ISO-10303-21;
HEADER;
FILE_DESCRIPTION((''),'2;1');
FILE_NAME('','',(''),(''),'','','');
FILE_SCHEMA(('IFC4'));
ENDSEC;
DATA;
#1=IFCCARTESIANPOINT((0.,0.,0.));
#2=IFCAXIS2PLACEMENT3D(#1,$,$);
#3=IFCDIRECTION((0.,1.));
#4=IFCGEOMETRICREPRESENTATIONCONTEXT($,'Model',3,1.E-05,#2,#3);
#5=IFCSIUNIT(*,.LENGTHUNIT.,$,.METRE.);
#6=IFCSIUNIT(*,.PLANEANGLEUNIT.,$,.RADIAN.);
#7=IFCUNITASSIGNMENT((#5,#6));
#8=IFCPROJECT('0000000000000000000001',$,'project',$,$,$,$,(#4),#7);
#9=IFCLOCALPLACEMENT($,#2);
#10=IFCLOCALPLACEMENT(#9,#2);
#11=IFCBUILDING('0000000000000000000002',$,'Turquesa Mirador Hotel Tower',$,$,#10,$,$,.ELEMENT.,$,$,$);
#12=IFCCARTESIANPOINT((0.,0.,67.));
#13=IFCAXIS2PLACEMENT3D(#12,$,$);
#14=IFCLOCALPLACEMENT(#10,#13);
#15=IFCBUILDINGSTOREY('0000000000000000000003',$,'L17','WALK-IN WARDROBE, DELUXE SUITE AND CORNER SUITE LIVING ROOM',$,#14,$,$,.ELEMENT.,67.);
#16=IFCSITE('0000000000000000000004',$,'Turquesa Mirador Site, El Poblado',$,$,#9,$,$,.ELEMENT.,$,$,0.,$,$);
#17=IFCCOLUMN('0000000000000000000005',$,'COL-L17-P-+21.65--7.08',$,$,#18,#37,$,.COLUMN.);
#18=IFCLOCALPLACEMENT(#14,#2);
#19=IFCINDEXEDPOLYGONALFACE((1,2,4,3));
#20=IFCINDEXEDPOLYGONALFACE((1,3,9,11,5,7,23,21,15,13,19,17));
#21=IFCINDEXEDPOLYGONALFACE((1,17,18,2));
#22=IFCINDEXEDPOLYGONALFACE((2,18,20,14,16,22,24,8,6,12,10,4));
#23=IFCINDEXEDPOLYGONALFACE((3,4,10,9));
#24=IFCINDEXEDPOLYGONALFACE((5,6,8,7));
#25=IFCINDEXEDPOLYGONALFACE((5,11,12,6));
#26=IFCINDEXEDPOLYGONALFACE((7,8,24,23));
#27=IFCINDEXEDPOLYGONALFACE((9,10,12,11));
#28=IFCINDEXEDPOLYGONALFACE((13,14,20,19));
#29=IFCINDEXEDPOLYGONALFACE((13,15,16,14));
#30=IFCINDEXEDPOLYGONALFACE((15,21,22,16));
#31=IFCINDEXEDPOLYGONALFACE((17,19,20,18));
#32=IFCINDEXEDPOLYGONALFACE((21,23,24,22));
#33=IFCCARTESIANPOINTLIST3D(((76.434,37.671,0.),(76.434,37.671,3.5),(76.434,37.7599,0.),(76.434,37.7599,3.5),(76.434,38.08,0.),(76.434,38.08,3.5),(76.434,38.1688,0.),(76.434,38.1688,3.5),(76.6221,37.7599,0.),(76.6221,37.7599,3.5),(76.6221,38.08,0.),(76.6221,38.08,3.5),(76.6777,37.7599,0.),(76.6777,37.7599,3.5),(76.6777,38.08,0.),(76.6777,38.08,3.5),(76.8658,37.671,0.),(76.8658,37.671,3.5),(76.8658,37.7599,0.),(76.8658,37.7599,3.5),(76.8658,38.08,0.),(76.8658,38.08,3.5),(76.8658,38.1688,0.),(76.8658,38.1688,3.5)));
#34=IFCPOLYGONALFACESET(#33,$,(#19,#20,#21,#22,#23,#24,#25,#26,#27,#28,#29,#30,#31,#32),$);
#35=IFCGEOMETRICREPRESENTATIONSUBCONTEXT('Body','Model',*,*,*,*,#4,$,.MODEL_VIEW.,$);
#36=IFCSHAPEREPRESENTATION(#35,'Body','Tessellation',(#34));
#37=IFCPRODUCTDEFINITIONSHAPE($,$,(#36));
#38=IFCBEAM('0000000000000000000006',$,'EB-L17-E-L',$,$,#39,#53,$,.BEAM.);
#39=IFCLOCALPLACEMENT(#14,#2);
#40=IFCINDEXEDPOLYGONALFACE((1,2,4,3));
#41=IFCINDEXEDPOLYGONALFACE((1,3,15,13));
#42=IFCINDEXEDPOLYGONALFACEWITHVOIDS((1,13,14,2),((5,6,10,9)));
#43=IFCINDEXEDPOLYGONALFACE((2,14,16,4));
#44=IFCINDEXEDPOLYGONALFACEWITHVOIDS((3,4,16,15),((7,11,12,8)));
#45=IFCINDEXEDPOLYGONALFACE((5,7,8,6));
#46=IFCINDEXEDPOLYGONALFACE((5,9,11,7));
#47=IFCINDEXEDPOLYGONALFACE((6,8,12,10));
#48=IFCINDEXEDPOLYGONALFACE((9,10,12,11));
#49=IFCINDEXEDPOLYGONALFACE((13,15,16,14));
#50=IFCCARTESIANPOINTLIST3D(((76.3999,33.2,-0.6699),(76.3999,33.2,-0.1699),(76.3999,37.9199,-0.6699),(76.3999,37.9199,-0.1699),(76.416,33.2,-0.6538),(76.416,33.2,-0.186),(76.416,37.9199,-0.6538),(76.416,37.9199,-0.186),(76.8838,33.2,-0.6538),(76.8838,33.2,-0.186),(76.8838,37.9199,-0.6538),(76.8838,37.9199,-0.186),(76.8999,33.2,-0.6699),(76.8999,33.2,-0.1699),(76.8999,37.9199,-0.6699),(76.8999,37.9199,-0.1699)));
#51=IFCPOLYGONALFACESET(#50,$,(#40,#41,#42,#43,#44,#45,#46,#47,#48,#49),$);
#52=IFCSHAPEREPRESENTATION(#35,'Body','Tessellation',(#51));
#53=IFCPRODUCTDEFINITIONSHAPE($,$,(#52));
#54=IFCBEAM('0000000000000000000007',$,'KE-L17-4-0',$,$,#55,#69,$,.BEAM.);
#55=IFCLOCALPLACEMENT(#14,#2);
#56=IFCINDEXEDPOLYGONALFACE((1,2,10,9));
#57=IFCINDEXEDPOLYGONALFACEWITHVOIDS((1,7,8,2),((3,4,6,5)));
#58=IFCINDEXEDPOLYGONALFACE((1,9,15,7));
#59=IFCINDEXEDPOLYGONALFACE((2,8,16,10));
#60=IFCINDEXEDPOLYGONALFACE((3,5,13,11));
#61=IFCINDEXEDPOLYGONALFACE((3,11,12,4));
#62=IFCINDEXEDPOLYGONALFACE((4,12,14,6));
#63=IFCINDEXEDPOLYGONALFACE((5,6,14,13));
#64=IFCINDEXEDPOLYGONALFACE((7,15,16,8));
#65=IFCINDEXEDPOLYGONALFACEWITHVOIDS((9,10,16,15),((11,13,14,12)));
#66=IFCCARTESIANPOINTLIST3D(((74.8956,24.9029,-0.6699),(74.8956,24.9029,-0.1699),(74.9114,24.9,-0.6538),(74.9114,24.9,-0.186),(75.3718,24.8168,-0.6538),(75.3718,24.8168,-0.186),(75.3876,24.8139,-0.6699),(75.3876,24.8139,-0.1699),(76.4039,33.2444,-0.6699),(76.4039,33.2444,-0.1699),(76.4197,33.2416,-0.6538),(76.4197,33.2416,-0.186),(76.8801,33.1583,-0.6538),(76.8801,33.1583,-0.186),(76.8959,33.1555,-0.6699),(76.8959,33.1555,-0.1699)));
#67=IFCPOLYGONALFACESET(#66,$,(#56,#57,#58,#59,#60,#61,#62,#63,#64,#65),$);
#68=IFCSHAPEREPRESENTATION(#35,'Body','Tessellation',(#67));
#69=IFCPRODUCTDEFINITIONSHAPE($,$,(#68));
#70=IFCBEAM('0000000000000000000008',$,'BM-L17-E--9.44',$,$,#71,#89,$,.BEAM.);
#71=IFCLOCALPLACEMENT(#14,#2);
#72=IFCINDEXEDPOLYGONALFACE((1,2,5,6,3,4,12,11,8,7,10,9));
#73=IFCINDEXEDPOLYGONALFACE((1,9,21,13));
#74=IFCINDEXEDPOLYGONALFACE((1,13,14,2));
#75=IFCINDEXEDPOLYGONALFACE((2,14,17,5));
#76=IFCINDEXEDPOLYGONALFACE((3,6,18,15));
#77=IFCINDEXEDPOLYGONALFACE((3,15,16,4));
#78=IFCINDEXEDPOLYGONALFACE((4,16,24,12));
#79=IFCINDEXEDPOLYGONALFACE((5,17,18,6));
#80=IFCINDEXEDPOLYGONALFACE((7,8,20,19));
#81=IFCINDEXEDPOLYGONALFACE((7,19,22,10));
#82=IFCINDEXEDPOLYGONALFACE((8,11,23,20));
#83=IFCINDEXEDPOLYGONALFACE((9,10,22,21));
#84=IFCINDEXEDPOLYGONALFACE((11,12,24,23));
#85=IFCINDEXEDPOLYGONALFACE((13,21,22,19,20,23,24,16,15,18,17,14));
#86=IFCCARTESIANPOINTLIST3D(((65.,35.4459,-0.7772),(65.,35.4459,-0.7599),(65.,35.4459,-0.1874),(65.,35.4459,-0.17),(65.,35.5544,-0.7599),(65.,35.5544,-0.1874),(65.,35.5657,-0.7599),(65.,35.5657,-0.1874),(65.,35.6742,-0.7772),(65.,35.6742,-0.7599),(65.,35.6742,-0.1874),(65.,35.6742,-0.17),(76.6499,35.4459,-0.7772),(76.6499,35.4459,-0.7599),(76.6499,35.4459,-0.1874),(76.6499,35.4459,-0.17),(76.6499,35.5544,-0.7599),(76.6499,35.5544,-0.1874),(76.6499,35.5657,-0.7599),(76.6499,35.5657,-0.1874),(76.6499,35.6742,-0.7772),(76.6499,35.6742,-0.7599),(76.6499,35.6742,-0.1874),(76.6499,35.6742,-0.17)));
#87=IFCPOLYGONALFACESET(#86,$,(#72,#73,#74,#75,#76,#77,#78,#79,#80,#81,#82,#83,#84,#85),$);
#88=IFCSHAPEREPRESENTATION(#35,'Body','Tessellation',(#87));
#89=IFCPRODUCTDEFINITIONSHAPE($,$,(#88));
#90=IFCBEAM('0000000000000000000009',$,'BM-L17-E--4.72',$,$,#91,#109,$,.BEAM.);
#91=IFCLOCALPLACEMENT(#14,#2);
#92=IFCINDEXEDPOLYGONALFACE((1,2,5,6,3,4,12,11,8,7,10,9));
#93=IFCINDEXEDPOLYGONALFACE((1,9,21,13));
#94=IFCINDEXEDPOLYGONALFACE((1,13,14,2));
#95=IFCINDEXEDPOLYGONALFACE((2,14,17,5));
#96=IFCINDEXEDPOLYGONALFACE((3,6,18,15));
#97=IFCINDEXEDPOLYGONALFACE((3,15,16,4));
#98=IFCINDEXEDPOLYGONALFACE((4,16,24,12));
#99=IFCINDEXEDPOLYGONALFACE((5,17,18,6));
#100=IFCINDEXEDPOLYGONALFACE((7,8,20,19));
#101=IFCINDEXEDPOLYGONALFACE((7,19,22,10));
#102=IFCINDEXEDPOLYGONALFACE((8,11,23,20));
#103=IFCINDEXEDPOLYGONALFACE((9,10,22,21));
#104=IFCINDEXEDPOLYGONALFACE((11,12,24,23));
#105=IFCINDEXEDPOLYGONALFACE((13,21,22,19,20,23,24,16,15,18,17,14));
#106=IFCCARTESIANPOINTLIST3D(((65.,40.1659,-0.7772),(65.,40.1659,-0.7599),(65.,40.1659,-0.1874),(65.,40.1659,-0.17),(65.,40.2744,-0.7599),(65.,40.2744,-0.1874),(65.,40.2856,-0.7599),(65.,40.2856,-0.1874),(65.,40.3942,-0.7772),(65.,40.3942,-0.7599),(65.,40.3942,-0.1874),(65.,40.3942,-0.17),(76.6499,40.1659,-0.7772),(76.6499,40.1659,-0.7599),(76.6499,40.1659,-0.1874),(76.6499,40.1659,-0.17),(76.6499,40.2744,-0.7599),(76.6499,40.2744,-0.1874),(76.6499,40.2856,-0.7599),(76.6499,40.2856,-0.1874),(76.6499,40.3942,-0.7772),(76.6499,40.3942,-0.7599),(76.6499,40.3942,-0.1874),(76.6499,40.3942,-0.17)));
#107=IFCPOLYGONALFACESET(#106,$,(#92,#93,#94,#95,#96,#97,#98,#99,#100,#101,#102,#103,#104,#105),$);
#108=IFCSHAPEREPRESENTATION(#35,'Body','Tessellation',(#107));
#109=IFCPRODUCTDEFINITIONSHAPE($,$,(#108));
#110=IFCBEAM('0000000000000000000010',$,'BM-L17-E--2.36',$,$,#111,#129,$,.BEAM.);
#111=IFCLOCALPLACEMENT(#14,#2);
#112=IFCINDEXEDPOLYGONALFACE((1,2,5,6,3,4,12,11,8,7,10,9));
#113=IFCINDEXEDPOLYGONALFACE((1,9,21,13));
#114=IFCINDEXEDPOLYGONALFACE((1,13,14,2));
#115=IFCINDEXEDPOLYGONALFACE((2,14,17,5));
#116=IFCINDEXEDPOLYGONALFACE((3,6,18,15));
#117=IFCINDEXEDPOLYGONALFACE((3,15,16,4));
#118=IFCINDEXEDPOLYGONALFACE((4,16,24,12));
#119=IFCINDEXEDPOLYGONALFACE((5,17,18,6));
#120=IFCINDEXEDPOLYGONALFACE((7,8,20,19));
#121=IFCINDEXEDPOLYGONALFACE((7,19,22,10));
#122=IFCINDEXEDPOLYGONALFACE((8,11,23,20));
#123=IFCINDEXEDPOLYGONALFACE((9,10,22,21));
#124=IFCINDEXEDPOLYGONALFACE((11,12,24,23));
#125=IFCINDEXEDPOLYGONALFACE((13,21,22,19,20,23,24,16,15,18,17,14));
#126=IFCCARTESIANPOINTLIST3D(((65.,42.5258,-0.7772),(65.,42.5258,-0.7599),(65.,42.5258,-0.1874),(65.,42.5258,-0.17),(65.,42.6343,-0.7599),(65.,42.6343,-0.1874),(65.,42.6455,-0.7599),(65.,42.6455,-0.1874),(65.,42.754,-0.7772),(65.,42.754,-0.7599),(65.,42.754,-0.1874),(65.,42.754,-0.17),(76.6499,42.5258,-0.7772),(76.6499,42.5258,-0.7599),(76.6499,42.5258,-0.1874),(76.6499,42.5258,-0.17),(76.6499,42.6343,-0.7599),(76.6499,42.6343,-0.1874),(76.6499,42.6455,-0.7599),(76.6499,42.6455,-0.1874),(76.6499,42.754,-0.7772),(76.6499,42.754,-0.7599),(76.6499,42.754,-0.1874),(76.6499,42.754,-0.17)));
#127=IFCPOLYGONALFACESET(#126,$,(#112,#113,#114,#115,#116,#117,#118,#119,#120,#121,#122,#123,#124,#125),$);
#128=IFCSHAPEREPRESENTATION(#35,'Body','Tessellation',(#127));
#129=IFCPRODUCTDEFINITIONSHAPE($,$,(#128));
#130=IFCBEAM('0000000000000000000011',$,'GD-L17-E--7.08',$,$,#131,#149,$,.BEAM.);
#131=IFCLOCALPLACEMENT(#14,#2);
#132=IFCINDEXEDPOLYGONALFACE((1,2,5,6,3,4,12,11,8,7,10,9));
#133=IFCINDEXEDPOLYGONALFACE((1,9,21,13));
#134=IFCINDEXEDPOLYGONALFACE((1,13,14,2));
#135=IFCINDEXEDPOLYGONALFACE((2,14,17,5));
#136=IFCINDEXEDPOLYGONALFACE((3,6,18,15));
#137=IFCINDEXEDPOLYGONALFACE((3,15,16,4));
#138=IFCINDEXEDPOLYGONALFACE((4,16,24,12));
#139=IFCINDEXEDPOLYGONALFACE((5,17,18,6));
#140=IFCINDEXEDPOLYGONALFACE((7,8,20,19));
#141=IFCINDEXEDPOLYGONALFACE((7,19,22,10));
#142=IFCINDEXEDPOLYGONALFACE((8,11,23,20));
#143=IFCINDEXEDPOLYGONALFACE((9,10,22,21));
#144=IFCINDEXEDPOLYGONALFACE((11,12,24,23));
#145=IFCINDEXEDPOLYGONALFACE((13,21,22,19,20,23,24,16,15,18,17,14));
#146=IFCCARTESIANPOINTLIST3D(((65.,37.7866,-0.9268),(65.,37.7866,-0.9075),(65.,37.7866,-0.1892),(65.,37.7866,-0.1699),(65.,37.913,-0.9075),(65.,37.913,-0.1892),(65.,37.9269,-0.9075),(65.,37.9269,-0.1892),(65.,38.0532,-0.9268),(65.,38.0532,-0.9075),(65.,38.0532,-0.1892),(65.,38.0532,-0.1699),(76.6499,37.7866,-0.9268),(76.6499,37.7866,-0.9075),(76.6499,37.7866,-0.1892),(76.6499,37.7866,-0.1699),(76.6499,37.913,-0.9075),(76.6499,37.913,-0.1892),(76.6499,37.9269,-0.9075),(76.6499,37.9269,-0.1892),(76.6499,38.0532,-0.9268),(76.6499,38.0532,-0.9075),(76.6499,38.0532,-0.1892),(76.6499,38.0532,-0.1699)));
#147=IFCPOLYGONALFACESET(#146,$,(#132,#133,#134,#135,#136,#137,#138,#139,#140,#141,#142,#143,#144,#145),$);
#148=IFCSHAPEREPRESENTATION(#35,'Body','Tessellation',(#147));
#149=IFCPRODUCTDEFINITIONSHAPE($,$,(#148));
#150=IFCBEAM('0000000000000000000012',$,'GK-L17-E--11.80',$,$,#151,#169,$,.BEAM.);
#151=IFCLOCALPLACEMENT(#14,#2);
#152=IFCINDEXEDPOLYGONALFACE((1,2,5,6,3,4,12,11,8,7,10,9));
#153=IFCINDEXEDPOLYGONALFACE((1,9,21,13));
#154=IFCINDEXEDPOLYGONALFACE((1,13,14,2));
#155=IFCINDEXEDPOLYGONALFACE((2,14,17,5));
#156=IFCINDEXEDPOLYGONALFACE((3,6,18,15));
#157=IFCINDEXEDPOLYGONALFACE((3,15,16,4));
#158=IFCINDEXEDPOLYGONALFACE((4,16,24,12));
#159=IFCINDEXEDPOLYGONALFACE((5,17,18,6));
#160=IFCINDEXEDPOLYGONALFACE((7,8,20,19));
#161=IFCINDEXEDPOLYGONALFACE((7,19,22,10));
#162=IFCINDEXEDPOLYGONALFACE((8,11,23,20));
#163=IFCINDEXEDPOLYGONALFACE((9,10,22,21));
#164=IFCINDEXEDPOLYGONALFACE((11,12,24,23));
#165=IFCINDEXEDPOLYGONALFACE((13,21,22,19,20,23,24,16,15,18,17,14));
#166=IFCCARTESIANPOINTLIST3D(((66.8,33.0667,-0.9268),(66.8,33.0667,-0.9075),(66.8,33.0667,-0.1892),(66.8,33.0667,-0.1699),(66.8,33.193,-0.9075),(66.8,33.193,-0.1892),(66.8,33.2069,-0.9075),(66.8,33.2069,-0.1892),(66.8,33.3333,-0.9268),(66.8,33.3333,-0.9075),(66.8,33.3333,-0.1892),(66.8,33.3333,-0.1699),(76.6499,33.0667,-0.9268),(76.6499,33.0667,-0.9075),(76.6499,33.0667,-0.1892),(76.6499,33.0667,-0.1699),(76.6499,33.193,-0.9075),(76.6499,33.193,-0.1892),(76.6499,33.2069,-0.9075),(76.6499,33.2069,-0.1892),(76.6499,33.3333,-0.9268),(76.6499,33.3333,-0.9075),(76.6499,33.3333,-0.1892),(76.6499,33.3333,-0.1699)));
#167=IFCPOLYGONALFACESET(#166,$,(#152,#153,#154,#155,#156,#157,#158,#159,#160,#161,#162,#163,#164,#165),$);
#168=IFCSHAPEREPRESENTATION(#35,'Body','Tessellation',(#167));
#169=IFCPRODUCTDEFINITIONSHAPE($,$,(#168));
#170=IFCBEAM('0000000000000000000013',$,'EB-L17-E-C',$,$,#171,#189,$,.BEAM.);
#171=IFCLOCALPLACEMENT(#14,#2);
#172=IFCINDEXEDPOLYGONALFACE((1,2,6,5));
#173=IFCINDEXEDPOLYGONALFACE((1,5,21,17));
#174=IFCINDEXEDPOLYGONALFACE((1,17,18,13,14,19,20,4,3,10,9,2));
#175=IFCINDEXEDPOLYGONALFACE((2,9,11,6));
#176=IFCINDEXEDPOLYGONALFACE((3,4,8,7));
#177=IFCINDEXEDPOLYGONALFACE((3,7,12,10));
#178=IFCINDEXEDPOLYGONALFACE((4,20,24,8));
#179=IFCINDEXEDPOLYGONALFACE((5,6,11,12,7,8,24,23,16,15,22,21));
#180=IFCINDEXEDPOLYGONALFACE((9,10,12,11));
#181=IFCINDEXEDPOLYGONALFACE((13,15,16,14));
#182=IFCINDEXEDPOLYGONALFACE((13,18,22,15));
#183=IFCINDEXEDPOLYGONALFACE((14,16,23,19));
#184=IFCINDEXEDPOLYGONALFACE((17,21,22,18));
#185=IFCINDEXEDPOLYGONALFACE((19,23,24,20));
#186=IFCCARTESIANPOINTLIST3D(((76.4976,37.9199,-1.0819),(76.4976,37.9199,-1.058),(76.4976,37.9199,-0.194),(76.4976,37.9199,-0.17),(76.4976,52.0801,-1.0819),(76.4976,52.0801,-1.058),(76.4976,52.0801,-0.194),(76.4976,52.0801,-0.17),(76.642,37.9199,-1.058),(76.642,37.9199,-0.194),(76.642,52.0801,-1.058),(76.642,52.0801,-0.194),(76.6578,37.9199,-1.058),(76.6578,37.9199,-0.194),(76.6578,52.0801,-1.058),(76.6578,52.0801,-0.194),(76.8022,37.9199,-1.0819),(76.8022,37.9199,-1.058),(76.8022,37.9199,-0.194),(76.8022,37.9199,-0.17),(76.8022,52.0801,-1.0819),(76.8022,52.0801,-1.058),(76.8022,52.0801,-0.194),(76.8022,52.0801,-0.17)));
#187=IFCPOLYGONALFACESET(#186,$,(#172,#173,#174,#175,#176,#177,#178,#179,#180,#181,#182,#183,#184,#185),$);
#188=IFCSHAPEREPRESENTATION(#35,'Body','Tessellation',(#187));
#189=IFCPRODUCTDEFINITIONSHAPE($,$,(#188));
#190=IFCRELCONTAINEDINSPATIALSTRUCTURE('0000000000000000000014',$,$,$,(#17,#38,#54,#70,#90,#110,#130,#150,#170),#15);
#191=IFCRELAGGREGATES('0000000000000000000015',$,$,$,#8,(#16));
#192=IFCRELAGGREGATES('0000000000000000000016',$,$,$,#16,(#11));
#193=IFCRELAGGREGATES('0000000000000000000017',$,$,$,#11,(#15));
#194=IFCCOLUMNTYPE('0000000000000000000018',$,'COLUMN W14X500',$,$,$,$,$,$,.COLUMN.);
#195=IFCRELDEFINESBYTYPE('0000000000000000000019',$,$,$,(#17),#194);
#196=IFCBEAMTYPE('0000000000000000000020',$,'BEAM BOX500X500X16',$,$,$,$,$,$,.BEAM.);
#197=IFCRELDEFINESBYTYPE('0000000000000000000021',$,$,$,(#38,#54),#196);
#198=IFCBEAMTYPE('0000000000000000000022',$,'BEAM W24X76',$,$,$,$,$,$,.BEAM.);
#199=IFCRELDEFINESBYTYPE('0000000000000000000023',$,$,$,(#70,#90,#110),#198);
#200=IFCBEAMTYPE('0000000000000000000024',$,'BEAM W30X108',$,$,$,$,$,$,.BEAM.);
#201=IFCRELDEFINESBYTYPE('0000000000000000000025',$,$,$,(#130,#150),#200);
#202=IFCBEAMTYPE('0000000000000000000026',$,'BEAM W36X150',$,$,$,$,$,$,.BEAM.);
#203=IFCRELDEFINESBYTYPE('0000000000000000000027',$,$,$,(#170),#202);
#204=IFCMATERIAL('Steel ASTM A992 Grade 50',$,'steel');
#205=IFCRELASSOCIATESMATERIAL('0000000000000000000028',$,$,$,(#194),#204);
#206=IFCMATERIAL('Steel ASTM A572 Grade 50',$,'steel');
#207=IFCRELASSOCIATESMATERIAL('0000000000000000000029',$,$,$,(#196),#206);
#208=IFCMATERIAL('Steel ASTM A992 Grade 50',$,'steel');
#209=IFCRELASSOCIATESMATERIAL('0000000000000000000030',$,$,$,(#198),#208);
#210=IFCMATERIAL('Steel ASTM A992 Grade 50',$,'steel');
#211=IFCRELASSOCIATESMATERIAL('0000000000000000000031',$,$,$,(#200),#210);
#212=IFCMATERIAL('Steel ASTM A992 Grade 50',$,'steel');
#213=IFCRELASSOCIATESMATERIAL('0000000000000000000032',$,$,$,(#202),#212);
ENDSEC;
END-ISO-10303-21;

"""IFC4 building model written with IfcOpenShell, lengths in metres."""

from ifc_helpers import new_model, si_unit, direction, frame, origin, origin_2d, place, context, subcontext, project, spatial, hollow_rectangle, i_section, extrude, material, material_profile, profile_set, type_object, element, save


model = new_model("IFC4")

# Units and contexts
model_context = context("Model", 3, precision=1e-05, world=origin(), true_north=direction((0.0, 1.0)))
body_context = subcontext(model_context, "Body", "Model", "MODEL_VIEW")
ifc_project = project(units=[si_unit("LENGTHUNIT", "METRE"), si_unit("PLANEANGLEUNIT", "RADIAN")], contexts=[model_context])

# Site, building, storey
site_placement = place(None, origin())
site = spatial("IfcSite", under=ifc_project, at=site_placement, Name="Turquesa Mirador Site, El Poblado", CompositionType="ELEMENT", RefElevation=0.0)
building_placement = place(site_placement, origin())
building = spatial("IfcBuilding", under=site, at=building_placement, Name="Turquesa Mirador Hotel Tower", CompositionType="ELEMENT")
storey_placement = place(building_placement, frame((0.0, 0.0, 67.0)))
storey = spatial("IfcBuildingStorey", under=building, at=storey_placement, Name="L17", Description="WALK-IN WARDROBE, DELUXE SUITE AND CORNER SUITE LIVING ROOM", CompositionType="ELEMENT", Elevation=67.0)

# Column
ifc_material_1 = material(Name="Steel ASTM A992 Grade 50", Category="steel")
ifc_material_profile_1 = material_profile(ifc_material_1, i_section(OverallWidth=0.4319, OverallDepth=0.4978, WebThickness=0.0557, FlangeThickness=0.0889, at=origin_2d()), Name="W14X500")
ifc_profile_set_1 = profile_set([ifc_material_profile_1], Name="Steel ASTM A992 Grade 50")
column_type = type_object("IfcColumnType", Name="COLUMN W14X500", PredefinedType="COLUMN", material=ifc_profile_set_1)
column_placement = place(storey_placement, frame((76.6499, 37.9199, 0.0), z_axis=(0.0, 0.0, 1.0), x_axis=(1.0, 0.0, 0.0)))
element("IfcColumn", 1, at=column_placement, inside=storey, type_object=column_type, Name="COL-L17-P-+21.65--7.08", PredefinedType="COLUMN", context=body_context, shape_type="SweptSolid", body=[
    extrude(i_section(OverallWidth=0.4319, OverallDepth=0.4978, WebThickness=0.0557, FlangeThickness=0.0889, at=origin_2d()), origin(), (0.0, 0.0, 1.0), 3.5),
])

# Beams
ifc_material_2 = material(Name="Steel ASTM A572 Grade 50", Category="steel")
ifc_material_profile_2 = material_profile(ifc_material_2, hollow_rectangle(XDim=0.5, YDim=0.5, WallThickness=0.0161, at=origin_2d()), Name="BOX500X500X16")
ifc_profile_set_2 = profile_set([ifc_material_profile_2], Name="Steel ASTM A572 Grade 50")
beam_type_1 = type_object("IfcBeamType", Name="BEAM BOX500X500X16", PredefinedType="BEAM", material=ifc_profile_set_2)
beam_1_placement = place(storey_placement, frame((76.6499, 33.2, -0.4199), z_axis=(0.0, 1.0, 0.0), x_axis=(-1.0, 0.0, 0.0)))
element("IfcBeam", 2, at=beam_1_placement, inside=storey, type_object=beam_type_1, Name="EB-L17-E-L", PredefinedType="BEAM", context=body_context, shape_type="SweptSolid", body=[
    extrude(hollow_rectangle(XDim=0.5, YDim=0.5, WallThickness=0.0161, at=origin_2d()), origin(), (0.0, 0.0, 1.0), 4.72),
])
beam_2_placement = place(storey_placement, frame((76.6499, 33.2, -0.4199), z_axis=(-0.177932, -0.984043, 0.0), x_axis=(0.984043, -0.177932, 0.0)))
element("IfcBeam", 3, at=beam_2_placement, inside=storey, type_object=beam_type_1, Name="KE-L17-4-0", PredefinedType="BEAM", context=body_context, shape_type="SweptSolid", body=[
    extrude(hollow_rectangle(XDim=0.5, YDim=0.5, WallThickness=0.0161, at=origin_2d()), origin(), (0.0, 0.0, 1.0), 8.4768),
])
ifc_material_3 = material(Name="Steel ASTM A992 Grade 50", Category="steel")
ifc_material_profile_3 = material_profile(ifc_material_3, i_section(OverallWidth=0.2283, OverallDepth=0.6072, WebThickness=0.0112, FlangeThickness=0.0173, at=origin_2d()), Name="W24X76")
ifc_profile_set_3 = profile_set([ifc_material_profile_3], Name="Steel ASTM A992 Grade 50")
beam_type_2 = type_object("IfcBeamType", Name="BEAM W24X76", PredefinedType="BEAM", material=ifc_profile_set_3)
for number, where, z_axis, x_axis, name in (
    (4, (76.6499, 35.5601, -0.4736), (-1.0, 0.0, 0.0), (0.0, -1.0, 0.0), "BM-L17-E--9.44"),
    (5, (76.6499, 40.28, -0.4736), (-1.0, 0.0, 0.0), (0.0, -1.0, 0.0), "BM-L17-E--4.72"),
    (6, (76.6499, 42.6399, -0.4736), (-1.0, 0.0, 0.0), (0.0, -1.0, 0.0), "BM-L17-E--2.36"),
):
    element("IfcBeam", number, at=place(storey_placement, frame(where, z_axis=z_axis, x_axis=x_axis)), inside=storey, type_object=beam_type_2, Name=name, PredefinedType="BEAM", context=body_context, shape_type="SweptSolid", body=[
        extrude(i_section(OverallWidth=0.2283, OverallDepth=0.6072, WebThickness=0.0112, FlangeThickness=0.0173, at=origin_2d()), origin(), (0.0, 0.0, 1.0), 11.6499),
    ])
ifc_material_4 = material(Name="Steel ASTM A992 Grade 50", Category="steel")
ifc_material_profile_4 = material_profile(ifc_material_4, i_section(OverallWidth=0.2666, OverallDepth=0.7568, WebThickness=0.0139, FlangeThickness=0.0193, at=origin_2d()), Name="W30X108")
ifc_profile_set_4 = profile_set([ifc_material_profile_4], Name="Steel ASTM A992 Grade 50")
beam_type_3 = type_object("IfcBeamType", Name="BEAM W30X108", PredefinedType="BEAM", material=ifc_profile_set_4)
beam_3_placement = place(storey_placement, frame((76.6499, 37.9199, -0.5483), z_axis=(-1.0, 0.0, 0.0), x_axis=(0.0, -1.0, 0.0)))
element("IfcBeam", 7, at=beam_3_placement, inside=storey, type_object=beam_type_3, Name="GD-L17-E--7.08", PredefinedType="BEAM", context=body_context, shape_type="SweptSolid", body=[
    extrude(i_section(OverallWidth=0.2666, OverallDepth=0.7568, WebThickness=0.0139, FlangeThickness=0.0193, at=origin_2d()), origin(), (0.0, 0.0, 1.0), 11.6499),
])
beam_4_placement = place(storey_placement, frame((76.6499, 33.2, -0.5483), z_axis=(-1.0, 0.0, 0.0), x_axis=(0.0, -1.0, 0.0)))
element("IfcBeam", 8, at=beam_4_placement, inside=storey, type_object=beam_type_3, Name="GK-L17-E--11.80", PredefinedType="BEAM", context=body_context, shape_type="SweptSolid", body=[
    extrude(i_section(OverallWidth=0.2666, OverallDepth=0.7568, WebThickness=0.0139, FlangeThickness=0.0193, at=origin_2d()), origin(), (0.0, 0.0, 1.0), 9.8499),
])
ifc_material_5 = material(Name="Steel ASTM A992 Grade 50", Category="steel")
ifc_material_profile_5 = material_profile(ifc_material_5, i_section(OverallWidth=0.3047, OverallDepth=0.9119, WebThickness=0.0159, FlangeThickness=0.0239, at=origin_2d()), Name="W36X150")
ifc_profile_set_5 = profile_set([ifc_material_profile_5], Name="Steel ASTM A992 Grade 50")
beam_type_4 = type_object("IfcBeamType", Name="BEAM W36X150", PredefinedType="BEAM", material=ifc_profile_set_5)
beam_5_placement = place(storey_placement, frame((76.6499, 37.9199, -0.626), z_axis=(0.0, 1.0, 0.0), x_axis=(-1.0, 0.0, 0.0)))
element("IfcBeam", 9, at=beam_5_placement, inside=storey, type_object=beam_type_4, Name="EB-L17-E-C", PredefinedType="BEAM", context=body_context, shape_type="SweptSolid", body=[
    extrude(i_section(OverallWidth=0.3047, OverallDepth=0.9119, WebThickness=0.0159, FlangeThickness=0.0239, at=origin_2d()), origin(), (0.0, 0.0, 1.0), 14.1602),
])

save(model, "model.ifc")
